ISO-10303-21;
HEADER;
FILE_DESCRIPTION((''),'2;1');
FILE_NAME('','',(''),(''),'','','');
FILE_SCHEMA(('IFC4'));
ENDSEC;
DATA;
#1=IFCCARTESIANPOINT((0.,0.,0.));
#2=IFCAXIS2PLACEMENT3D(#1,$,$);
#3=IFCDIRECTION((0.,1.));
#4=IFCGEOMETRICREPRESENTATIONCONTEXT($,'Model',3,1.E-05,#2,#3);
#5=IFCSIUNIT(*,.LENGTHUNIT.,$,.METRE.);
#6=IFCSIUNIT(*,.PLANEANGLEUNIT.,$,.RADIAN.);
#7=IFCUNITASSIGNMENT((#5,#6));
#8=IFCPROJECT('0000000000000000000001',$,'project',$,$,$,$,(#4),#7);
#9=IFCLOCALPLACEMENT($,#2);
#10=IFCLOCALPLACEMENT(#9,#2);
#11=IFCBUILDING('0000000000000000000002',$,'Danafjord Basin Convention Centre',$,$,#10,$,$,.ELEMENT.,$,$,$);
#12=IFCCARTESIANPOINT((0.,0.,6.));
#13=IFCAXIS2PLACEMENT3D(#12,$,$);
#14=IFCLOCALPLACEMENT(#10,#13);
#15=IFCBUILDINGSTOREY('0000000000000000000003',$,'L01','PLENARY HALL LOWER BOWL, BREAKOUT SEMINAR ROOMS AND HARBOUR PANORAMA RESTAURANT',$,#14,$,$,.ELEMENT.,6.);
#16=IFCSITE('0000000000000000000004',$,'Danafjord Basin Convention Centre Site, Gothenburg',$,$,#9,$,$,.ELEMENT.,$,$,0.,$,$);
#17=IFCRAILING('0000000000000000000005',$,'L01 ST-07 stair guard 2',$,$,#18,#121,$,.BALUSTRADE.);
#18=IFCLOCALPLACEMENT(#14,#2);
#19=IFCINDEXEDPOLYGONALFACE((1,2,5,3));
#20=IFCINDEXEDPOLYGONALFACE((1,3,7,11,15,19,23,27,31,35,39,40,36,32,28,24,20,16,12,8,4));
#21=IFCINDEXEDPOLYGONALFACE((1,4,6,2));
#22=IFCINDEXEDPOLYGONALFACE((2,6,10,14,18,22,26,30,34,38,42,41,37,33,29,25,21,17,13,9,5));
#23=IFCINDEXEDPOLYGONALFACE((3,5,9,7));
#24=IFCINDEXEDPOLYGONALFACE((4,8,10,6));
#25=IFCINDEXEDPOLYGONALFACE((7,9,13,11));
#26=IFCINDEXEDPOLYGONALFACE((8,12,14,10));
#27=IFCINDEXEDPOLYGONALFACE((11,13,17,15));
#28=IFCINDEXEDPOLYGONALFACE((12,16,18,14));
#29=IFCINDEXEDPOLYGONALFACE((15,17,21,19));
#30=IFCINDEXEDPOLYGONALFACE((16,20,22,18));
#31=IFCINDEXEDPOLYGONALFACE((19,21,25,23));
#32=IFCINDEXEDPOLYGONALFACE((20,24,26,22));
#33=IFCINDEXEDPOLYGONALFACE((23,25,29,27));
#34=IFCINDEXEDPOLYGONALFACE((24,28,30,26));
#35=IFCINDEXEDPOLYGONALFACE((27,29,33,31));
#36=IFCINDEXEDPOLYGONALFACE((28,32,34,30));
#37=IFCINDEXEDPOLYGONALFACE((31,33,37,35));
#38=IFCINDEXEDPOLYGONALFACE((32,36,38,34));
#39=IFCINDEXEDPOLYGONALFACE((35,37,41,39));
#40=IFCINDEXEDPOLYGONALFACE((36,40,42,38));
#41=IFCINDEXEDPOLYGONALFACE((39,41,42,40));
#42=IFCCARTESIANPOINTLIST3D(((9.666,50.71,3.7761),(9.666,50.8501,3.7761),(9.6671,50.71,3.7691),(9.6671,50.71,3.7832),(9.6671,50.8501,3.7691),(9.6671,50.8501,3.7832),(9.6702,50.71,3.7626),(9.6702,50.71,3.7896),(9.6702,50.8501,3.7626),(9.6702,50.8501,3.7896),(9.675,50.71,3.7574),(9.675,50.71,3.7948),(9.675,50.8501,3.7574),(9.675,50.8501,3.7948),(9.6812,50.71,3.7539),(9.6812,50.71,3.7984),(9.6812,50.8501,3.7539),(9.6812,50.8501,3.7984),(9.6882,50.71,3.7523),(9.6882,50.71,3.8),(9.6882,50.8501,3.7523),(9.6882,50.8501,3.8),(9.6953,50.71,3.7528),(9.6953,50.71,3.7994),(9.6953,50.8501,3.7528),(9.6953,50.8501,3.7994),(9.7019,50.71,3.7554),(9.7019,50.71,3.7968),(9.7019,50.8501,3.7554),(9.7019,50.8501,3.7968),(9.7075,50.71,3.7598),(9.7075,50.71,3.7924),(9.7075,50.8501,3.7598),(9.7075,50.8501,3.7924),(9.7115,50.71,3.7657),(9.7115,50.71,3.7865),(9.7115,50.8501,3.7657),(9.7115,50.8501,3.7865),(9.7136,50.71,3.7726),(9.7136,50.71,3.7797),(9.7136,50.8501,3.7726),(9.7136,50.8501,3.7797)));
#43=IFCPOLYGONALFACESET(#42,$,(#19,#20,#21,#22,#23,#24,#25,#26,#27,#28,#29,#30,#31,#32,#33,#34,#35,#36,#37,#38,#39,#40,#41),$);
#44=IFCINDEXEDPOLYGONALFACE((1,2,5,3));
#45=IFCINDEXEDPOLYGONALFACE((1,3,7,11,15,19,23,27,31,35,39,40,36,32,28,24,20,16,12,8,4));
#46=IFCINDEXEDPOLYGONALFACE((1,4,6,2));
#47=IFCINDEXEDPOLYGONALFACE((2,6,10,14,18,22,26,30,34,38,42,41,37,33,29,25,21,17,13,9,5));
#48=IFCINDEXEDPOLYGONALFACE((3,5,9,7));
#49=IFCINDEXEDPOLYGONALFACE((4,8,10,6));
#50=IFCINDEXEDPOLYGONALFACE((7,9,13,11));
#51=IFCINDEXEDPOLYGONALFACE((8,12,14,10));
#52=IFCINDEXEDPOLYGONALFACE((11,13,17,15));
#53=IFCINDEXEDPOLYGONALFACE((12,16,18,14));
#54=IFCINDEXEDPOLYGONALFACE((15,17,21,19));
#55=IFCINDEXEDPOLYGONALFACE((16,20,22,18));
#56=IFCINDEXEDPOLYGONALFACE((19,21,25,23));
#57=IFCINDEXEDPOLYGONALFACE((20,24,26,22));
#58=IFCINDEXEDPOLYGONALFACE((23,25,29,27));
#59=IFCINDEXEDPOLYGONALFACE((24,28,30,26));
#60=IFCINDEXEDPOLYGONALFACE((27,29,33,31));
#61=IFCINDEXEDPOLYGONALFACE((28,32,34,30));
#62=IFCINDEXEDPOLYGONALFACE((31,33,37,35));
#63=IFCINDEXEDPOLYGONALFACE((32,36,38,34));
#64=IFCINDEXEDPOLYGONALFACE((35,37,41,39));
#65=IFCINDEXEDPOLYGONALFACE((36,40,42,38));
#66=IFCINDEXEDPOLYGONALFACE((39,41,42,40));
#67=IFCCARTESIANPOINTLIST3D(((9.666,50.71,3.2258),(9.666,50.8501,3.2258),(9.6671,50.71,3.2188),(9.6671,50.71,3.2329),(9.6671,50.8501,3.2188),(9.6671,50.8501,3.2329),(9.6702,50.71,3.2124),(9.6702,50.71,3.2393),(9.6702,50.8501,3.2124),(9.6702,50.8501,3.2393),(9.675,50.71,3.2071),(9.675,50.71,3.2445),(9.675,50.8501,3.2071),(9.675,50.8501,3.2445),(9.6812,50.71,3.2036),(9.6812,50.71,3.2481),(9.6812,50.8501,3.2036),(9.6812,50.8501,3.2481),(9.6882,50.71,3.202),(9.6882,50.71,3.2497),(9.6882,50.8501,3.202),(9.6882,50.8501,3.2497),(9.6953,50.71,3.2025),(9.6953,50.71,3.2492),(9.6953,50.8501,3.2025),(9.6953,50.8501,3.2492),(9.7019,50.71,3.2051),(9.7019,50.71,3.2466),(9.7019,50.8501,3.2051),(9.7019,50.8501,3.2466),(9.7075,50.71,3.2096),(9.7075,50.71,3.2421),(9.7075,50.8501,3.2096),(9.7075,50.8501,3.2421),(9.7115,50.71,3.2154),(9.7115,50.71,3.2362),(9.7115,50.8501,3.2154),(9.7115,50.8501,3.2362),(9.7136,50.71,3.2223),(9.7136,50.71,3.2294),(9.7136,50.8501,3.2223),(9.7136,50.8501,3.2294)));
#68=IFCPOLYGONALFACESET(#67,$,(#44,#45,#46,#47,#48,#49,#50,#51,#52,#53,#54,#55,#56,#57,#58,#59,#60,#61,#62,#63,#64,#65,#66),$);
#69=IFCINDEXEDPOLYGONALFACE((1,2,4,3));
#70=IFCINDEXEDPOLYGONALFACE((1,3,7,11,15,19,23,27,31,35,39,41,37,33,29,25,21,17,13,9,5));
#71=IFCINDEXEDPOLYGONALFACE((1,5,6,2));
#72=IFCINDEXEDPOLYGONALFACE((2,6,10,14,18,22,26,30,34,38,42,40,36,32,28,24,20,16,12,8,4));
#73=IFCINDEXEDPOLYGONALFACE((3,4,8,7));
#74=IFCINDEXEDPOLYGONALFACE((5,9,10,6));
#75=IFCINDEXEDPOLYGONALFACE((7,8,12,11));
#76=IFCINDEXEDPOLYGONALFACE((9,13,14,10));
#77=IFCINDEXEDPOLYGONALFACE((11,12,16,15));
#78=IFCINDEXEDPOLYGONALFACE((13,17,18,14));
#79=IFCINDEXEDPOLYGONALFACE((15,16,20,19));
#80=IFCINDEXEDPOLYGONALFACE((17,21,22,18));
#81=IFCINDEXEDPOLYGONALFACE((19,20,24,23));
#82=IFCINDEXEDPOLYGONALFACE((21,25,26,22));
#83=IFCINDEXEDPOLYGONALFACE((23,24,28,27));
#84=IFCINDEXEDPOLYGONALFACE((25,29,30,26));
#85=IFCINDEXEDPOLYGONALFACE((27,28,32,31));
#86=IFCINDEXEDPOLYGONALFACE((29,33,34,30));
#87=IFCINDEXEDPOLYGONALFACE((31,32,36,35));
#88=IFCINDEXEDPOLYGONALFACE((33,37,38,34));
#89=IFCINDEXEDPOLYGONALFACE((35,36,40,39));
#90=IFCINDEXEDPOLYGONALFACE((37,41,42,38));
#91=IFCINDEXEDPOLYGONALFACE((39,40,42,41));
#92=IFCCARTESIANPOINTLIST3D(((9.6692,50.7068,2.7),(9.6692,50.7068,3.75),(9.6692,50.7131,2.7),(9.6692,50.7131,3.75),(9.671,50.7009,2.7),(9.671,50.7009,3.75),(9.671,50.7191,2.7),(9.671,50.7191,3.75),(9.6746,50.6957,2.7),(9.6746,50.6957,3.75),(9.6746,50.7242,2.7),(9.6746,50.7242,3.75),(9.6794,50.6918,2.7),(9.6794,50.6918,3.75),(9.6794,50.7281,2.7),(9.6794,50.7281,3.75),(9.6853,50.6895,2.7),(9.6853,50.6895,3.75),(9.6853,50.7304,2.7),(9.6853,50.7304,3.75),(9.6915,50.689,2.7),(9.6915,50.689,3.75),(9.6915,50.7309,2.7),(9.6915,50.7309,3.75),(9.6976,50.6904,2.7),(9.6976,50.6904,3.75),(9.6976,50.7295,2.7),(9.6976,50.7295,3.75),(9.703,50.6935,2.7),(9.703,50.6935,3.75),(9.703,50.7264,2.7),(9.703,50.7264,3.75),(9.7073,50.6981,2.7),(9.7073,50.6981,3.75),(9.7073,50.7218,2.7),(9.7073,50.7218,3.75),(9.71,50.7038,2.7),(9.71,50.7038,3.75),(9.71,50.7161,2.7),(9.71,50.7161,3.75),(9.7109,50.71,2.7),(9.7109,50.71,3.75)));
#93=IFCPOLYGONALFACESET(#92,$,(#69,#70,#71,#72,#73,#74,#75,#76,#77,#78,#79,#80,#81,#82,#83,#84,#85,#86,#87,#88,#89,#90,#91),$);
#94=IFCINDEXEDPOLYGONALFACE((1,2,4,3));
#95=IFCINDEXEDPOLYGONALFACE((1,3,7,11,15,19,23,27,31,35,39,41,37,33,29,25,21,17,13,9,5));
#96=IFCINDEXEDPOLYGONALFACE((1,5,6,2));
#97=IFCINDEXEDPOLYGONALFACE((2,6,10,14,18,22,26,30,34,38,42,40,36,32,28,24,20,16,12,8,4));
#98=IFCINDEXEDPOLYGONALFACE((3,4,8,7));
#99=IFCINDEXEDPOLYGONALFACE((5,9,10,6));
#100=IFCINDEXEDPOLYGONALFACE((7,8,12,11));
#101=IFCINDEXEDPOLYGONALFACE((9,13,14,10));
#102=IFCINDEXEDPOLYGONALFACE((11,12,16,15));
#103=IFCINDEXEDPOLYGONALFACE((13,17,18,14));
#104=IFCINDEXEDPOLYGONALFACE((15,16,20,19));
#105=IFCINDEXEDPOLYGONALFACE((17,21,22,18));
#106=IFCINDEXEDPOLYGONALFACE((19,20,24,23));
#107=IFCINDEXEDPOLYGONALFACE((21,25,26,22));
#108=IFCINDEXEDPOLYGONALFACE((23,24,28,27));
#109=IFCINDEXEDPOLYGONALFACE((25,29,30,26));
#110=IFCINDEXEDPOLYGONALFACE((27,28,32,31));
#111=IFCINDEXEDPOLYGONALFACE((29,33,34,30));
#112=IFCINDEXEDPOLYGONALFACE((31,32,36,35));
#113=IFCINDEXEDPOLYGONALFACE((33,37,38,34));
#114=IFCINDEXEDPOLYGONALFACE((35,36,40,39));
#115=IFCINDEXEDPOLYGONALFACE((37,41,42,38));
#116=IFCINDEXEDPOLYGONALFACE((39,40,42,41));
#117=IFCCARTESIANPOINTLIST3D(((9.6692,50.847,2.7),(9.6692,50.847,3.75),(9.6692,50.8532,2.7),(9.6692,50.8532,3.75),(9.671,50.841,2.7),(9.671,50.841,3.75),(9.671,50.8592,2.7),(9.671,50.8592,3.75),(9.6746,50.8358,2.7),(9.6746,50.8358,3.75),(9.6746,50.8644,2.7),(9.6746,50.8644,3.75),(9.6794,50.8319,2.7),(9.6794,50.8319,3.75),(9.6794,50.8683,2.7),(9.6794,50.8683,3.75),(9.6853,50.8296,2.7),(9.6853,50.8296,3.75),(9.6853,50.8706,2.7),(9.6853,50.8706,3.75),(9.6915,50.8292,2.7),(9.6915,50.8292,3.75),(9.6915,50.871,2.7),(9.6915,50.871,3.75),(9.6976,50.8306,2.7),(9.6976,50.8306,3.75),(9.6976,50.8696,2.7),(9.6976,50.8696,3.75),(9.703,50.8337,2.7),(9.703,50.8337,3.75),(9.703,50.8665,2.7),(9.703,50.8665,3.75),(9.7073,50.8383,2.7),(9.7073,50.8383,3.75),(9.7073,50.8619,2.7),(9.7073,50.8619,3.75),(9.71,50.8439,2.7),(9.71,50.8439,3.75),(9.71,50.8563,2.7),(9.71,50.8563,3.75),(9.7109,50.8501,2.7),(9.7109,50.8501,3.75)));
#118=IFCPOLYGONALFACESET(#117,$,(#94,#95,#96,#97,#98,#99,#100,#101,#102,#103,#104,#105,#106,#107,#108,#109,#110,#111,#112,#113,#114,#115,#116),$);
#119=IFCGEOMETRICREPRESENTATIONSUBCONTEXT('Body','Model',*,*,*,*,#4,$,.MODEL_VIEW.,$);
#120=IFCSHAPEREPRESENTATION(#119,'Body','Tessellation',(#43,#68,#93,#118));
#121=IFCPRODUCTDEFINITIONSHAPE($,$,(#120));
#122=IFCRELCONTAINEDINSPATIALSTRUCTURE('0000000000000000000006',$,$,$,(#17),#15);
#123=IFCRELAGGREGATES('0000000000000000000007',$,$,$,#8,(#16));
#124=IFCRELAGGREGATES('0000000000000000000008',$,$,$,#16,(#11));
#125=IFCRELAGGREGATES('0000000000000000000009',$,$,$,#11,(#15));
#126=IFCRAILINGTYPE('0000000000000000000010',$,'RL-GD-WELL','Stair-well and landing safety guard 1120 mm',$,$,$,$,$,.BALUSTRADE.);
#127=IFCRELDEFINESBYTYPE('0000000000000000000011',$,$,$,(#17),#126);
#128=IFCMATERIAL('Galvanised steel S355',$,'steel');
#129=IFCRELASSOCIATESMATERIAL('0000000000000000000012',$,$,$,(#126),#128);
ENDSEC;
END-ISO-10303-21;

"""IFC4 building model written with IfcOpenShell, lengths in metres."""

from ifc_helpers import new_model, si_unit, direction, frame, origin, origin_2d, place, context, subcontext, project, spatial, circle, extrude, material, type_object, element, save


model = new_model("IFC4")

# Units and contexts
model_context = context("Model", 3, precision=1e-05, world=origin(), true_north=direction((0.0, 1.0)))
body_context = subcontext(model_context, "Body", "Model", "MODEL_VIEW")
ifc_project = project(units=[si_unit("LENGTHUNIT", "METRE"), si_unit("PLANEANGLEUNIT", "RADIAN")], contexts=[model_context])

# Site, building, storey
site_placement = place(None, origin())
site = spatial("IfcSite", under=ifc_project, at=site_placement, Name="Danafjord Basin Convention Centre Site, Gothenburg", CompositionType="ELEMENT", RefElevation=0.0)
building_placement = place(site_placement, origin())
building = spatial("IfcBuilding", under=site, at=building_placement, Name="Danafjord Basin Convention Centre", CompositionType="ELEMENT")
storey_placement = place(building_placement, frame((0.0, 0.0, 6.0)))
storey = spatial("IfcBuildingStorey", under=building, at=storey_placement, Name="L01", Description="PLENARY HALL LOWER BOWL, BREAKOUT SEMINAR ROOMS AND HARBOUR PANORAMA RESTAURANT", CompositionType="ELEMENT", Elevation=6.0)

# Railing
ifc_material_1 = material(Name="Galvanised steel S355", Category="steel")
railing_type_1 = type_object("IfcRailingType", Name="RL-GD-WELL", Description="Stair-well and landing safety guard 1120 mm", PredefinedType="BALUSTRADE", material=ifc_material_1)
railing_1_placement = place(storey_placement, frame((9.6899, 50.71, 2.7)))
element("IfcRailing", 1, at=railing_1_placement, inside=storey, type_object=railing_type_1, Name="L01 ST-07 stair guard 2", PredefinedType="BALUSTRADE", context=body_context, shape_type="SweptSolid", body=[
    extrude(circle(Radius=0.0239, at=origin_2d()), frame((0.0, 0.0, 1.0762), z_axis=(0.0, 1.0, 0.0), x_axis=(-1.0, 0.0, 0.0)), (0.0, 0.0, 1.0), 0.1401),
    extrude(circle(Radius=0.0239, at=origin_2d()), frame((0.0, 0.0, 0.5259), z_axis=(0.0, 1.0, 0.0), x_axis=(-1.0, 0.0, 0.0)), (0.0, 0.0, 1.0), 0.1401),
    extrude(circle(Radius=0.021, at=origin_2d()), origin(), (0.0, 0.0, 1.0), 1.05),
    extrude(circle(Radius=0.021, at=origin_2d()), frame((0.0, 0.1401, 0.0)), (0.0, 0.0, 1.0), 1.05),
])

save(model, "model.ifc")
